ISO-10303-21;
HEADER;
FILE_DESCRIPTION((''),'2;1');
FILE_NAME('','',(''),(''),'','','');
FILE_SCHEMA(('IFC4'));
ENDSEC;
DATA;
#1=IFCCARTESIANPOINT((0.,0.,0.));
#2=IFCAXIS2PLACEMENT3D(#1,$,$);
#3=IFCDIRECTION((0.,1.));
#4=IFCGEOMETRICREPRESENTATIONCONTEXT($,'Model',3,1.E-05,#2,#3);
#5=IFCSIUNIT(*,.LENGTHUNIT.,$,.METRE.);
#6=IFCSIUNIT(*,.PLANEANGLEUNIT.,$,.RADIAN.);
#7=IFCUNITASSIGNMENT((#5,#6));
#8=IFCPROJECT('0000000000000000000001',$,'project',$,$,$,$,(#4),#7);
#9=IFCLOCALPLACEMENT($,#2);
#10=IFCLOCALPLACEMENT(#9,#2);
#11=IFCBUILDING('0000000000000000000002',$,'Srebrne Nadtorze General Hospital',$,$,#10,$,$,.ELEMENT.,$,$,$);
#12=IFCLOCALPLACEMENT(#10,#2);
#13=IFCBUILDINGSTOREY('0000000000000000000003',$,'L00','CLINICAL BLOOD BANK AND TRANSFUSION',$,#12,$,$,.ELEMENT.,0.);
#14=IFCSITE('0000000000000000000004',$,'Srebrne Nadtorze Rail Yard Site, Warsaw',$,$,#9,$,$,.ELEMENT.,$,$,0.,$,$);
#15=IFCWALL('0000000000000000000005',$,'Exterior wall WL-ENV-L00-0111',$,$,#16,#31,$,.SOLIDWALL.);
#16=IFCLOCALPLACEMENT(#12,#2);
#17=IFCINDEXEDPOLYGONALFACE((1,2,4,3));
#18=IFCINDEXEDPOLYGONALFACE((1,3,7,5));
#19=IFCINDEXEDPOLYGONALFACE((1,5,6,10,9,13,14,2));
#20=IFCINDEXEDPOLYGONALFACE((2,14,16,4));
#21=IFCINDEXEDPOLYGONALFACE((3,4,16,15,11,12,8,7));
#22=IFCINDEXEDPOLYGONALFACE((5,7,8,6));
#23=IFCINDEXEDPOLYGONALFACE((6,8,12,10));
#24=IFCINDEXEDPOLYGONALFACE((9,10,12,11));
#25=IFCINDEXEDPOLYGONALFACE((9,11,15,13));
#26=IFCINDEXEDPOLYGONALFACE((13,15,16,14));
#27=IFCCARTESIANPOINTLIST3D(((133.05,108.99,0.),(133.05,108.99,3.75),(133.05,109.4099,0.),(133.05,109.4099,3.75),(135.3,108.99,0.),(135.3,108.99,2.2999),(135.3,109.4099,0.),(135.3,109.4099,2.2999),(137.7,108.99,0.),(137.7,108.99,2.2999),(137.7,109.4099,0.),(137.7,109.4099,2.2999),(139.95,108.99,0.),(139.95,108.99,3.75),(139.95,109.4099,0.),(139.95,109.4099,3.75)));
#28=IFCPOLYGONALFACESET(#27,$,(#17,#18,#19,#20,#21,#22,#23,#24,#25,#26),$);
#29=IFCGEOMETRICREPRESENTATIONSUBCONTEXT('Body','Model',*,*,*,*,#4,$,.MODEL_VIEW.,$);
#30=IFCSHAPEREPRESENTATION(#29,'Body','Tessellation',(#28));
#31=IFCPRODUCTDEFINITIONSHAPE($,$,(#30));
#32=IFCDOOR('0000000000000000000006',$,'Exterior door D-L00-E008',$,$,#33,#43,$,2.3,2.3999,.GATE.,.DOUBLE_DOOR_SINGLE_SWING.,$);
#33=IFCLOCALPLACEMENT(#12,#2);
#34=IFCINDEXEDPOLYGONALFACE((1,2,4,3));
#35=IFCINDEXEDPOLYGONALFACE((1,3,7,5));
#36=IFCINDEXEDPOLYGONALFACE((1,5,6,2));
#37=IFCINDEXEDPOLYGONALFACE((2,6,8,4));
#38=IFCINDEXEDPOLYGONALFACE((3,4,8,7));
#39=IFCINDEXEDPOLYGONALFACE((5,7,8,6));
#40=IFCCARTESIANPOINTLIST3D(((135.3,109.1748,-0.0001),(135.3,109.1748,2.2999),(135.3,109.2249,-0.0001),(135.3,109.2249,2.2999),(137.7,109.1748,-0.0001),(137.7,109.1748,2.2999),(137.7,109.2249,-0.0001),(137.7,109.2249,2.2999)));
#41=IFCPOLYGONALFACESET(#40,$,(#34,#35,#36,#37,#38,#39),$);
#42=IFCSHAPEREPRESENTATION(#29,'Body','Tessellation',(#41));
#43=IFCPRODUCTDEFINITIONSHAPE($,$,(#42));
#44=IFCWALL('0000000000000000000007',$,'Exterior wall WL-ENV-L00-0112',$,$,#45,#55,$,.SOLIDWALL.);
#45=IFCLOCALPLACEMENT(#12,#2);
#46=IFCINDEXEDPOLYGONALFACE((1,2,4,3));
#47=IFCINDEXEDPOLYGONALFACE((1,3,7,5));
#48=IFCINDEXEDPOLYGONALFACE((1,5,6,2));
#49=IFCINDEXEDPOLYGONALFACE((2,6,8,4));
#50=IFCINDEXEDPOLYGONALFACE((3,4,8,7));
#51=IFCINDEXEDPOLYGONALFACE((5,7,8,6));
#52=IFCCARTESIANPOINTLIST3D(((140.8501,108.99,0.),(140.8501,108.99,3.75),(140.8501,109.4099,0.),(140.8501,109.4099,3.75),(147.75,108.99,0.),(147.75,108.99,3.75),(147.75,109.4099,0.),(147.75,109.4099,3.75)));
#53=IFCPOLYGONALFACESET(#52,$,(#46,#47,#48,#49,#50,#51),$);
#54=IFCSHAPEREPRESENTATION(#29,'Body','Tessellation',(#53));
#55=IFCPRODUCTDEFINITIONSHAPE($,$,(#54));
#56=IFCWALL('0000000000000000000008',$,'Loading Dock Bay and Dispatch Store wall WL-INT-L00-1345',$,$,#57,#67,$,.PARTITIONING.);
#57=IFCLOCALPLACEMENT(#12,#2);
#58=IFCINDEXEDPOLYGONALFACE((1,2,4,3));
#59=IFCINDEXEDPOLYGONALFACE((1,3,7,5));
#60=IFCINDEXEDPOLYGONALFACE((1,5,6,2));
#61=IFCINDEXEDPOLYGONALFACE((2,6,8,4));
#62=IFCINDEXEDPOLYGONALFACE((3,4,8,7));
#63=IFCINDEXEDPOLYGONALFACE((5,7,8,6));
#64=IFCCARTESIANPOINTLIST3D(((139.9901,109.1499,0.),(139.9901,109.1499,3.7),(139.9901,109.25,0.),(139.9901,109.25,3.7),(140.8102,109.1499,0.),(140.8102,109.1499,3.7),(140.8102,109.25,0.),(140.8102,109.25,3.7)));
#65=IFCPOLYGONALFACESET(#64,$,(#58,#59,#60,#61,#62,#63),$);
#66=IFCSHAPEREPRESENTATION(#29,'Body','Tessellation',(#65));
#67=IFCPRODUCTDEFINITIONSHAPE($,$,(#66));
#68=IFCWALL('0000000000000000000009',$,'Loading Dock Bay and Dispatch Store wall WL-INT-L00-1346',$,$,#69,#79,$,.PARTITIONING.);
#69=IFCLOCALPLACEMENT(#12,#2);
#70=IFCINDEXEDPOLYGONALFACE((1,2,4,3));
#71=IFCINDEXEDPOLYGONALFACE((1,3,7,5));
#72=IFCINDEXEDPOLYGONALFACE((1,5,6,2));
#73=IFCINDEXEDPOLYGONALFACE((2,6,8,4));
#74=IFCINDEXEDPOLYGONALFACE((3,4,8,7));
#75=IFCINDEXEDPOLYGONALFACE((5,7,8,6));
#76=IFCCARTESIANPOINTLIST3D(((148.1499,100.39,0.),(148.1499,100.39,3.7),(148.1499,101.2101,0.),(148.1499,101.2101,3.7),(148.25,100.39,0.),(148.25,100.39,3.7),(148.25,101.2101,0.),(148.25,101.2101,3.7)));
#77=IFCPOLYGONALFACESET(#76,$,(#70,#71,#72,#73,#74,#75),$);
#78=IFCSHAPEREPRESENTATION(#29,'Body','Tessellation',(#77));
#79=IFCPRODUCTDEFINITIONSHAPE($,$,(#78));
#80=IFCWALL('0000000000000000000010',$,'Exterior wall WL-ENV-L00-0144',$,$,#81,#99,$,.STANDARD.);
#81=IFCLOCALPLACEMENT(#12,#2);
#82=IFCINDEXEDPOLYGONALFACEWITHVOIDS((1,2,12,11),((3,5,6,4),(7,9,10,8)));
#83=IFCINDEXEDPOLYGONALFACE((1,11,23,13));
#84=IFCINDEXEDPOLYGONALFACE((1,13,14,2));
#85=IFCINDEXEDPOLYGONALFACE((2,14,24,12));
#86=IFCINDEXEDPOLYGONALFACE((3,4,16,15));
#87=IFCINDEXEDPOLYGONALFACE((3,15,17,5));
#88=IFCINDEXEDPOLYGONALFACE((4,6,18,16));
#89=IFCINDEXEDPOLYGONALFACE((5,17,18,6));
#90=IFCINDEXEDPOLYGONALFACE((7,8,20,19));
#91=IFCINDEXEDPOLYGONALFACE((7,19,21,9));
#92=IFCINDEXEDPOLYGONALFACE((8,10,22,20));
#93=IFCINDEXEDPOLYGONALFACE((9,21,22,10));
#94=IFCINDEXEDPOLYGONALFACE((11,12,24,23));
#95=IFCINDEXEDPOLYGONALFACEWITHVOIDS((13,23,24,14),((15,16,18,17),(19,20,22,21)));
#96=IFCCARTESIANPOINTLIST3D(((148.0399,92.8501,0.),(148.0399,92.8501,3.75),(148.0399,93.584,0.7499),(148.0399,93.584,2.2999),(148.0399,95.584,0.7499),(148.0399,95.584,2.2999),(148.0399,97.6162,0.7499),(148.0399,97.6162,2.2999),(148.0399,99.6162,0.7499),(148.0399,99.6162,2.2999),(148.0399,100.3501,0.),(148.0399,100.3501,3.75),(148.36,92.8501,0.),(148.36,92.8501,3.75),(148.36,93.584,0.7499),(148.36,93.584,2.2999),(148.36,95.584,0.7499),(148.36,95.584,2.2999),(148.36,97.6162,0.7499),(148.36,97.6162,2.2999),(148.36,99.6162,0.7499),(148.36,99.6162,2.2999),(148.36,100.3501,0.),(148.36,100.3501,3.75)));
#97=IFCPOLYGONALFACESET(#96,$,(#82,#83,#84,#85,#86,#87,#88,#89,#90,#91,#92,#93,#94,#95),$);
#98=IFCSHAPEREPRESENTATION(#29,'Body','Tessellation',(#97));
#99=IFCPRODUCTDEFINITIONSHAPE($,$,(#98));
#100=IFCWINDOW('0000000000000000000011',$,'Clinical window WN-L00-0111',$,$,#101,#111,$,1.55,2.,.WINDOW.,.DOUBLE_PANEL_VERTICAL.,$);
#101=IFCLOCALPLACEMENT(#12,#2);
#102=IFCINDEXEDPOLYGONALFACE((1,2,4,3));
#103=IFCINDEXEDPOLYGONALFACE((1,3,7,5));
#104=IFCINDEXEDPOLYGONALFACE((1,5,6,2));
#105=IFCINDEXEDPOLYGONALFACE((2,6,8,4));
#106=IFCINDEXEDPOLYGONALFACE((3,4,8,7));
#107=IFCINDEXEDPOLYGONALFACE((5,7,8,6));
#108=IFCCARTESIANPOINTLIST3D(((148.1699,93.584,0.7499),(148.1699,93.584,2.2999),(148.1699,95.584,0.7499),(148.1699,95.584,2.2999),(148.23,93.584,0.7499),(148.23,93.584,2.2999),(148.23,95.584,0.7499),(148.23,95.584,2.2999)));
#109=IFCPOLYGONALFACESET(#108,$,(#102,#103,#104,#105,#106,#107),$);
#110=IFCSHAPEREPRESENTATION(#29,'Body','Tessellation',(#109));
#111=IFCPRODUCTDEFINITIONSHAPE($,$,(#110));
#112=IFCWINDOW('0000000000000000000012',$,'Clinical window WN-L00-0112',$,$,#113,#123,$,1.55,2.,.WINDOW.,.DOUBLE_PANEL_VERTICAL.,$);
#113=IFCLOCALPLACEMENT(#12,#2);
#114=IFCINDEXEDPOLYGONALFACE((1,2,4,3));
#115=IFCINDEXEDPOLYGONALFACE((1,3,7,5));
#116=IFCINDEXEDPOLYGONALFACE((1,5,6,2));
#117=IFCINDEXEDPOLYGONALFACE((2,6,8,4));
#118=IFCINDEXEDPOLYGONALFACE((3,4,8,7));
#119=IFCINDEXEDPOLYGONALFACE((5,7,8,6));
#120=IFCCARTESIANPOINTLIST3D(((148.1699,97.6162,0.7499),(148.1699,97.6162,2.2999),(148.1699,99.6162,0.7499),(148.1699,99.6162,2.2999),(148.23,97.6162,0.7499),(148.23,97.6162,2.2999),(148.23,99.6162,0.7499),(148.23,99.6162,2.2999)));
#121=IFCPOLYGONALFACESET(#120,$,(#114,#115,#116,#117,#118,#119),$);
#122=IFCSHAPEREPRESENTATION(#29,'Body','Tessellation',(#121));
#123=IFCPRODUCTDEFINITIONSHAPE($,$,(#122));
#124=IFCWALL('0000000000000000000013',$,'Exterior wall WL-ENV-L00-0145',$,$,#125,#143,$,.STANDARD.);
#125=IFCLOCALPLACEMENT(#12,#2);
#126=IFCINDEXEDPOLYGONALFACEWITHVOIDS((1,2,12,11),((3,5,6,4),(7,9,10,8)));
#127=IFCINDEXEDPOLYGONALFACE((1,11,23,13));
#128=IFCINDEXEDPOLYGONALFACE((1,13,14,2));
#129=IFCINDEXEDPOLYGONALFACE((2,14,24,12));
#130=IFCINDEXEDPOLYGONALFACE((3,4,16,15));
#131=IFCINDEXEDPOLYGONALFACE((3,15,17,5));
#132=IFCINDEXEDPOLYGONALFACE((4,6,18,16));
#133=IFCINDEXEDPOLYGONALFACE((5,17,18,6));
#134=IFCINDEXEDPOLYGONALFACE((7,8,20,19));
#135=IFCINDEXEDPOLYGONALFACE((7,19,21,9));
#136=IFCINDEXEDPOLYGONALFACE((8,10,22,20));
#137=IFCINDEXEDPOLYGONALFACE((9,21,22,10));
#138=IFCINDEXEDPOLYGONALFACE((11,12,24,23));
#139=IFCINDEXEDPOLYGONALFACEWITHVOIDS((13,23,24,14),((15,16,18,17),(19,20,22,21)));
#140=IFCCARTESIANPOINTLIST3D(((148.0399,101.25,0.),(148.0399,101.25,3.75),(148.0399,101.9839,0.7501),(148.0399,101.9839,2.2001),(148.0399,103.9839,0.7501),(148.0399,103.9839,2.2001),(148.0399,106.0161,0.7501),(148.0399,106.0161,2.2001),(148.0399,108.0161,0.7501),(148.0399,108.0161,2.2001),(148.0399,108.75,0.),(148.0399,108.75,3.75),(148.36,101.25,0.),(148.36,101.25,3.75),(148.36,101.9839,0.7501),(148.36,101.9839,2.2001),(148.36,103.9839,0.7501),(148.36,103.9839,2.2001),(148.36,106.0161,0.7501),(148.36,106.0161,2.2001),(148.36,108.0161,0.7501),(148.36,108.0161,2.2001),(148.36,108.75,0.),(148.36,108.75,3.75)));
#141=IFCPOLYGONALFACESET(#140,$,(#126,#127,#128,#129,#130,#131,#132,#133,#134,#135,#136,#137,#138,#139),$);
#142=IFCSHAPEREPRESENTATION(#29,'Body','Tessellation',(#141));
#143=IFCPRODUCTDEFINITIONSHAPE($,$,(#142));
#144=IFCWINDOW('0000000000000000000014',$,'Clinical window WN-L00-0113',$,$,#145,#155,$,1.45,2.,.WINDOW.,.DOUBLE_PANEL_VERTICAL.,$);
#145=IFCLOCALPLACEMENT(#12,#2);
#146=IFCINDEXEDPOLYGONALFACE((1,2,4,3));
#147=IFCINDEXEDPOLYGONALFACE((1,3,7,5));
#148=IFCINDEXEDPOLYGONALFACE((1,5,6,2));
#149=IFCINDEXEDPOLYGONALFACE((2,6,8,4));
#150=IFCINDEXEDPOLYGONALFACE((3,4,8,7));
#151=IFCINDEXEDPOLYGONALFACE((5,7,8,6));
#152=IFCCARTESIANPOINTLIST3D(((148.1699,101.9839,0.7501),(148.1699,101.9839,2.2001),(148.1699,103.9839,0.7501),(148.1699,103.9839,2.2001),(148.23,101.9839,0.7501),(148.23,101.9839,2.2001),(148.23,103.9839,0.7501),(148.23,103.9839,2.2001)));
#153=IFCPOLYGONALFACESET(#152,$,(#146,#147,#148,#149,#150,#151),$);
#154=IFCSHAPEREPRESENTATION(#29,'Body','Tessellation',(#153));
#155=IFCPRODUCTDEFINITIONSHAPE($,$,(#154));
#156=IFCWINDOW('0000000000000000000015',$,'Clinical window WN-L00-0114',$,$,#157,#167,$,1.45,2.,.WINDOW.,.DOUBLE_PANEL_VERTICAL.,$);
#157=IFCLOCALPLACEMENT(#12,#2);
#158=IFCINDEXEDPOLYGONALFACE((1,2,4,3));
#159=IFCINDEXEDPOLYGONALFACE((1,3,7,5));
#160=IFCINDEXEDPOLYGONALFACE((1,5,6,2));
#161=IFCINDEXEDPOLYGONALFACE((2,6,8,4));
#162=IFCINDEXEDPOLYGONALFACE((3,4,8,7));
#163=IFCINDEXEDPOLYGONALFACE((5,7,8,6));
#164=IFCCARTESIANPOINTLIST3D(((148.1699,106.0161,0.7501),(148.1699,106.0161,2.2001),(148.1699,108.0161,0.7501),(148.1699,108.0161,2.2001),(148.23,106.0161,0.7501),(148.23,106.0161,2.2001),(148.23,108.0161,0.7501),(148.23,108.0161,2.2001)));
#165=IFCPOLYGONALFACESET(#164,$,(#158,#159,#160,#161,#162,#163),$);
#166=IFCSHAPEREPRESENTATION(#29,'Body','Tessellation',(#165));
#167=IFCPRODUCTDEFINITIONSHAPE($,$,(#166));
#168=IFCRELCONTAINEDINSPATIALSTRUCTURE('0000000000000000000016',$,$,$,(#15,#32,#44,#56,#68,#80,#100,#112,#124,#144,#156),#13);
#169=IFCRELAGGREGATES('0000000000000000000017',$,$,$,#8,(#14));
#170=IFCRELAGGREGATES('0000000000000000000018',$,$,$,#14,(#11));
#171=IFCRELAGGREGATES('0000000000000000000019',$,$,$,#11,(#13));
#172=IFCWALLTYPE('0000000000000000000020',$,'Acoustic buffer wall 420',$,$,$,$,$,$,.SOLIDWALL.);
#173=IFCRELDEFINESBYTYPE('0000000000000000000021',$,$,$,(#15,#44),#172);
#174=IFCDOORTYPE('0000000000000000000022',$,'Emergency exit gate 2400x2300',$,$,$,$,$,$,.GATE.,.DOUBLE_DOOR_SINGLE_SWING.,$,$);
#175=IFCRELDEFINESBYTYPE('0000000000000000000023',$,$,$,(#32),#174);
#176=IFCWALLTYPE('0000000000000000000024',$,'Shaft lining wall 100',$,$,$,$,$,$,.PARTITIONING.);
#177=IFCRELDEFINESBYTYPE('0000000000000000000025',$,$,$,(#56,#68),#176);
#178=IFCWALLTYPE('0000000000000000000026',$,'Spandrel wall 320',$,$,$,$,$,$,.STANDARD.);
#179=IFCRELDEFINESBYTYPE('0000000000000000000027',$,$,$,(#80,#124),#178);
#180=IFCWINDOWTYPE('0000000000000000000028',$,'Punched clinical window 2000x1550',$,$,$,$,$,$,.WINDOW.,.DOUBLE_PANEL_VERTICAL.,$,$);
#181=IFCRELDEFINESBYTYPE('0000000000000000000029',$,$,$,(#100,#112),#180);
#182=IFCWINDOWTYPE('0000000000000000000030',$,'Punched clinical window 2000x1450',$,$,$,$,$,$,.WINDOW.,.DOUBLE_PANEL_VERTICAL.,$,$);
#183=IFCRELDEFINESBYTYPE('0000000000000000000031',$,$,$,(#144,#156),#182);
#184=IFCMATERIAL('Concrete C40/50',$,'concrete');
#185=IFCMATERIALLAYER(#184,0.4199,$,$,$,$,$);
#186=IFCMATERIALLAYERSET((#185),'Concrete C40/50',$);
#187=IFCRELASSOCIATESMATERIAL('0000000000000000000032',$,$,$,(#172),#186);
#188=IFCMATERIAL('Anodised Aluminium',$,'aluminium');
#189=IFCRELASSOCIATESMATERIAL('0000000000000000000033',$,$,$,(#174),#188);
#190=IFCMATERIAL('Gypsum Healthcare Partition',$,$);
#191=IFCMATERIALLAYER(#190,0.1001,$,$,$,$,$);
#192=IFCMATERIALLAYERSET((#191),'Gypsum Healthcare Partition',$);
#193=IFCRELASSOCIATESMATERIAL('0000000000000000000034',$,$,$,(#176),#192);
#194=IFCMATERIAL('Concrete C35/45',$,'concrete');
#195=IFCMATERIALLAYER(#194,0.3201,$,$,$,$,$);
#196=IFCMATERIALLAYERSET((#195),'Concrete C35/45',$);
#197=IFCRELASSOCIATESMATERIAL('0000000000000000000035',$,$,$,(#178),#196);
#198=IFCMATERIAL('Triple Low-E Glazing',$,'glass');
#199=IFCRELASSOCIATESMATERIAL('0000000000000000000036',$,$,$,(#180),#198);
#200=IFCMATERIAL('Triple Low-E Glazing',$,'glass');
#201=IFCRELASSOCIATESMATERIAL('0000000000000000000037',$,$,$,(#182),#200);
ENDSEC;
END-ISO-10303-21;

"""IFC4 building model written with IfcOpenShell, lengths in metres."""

from ifc_helpers import new_model, si_unit, direction, frame, frame_2d, origin, place, context, subcontext, project, spatial, rectangle, extrude, material, layer, layer_set, type_object, element, fill, save


model = new_model("IFC4")

# Units and contexts
model_context = context("Model", 3, precision=1e-05, world=origin(), true_north=direction((0.0, 1.0)))
body_context = subcontext(model_context, "Body", "Model", "MODEL_VIEW")
ifc_project = project(units=[si_unit("LENGTHUNIT", "METRE"), si_unit("PLANEANGLEUNIT", "RADIAN")], contexts=[model_context])

# Site, building, storey
site_placement = place(None, origin())
site = spatial("IfcSite", under=ifc_project, at=site_placement, Name="Srebrne Nadtorze Rail Yard Site, Warsaw", CompositionType="ELEMENT", RefElevation=0.0)
building_placement = place(site_placement, origin())
building = spatial("IfcBuilding", under=site, at=building_placement, Name="Srebrne Nadtorze General Hospital", CompositionType="ELEMENT")
storey_placement = place(building_placement, origin())
storey = spatial("IfcBuildingStorey", under=building, at=storey_placement, Name="L00", Description="CLINICAL BLOOD BANK AND TRANSFUSION", CompositionType="ELEMENT", Elevation=0.0)

# Wall, opening, door
ifc_material_1 = material(Name="Concrete C40/50", Category="concrete")
ifc_layer_1 = layer(ifc_material_1, 0.4199)
ifc_layer_set_1 = layer_set([ifc_layer_1], Name="Concrete C40/50")
wall_type_1 = type_object("IfcWallType", Name="Acoustic buffer wall 420", PredefinedType="SOLIDWALL", material=ifc_layer_set_1)
wall_1_placement = place(storey_placement, frame((133.05, 109.2, 0.0), z_axis=(0.0, 0.0, 1.0), x_axis=(1.0, 0.0, 0.0)))
wall_1 = element("IfcWall", 1, at=wall_1_placement, inside=storey, type_object=wall_type_1, Name="Exterior wall WL-ENV-L00-0111", PredefinedType="SOLIDWALL", context=body_context, shape_type="SweptSolid", body=[
    extrude(rectangle(XDim=6.8999, YDim=0.4199, at=frame_2d((3.45, 0.0))), origin(), (0.0, 0.0, 1.0), 3.75),
])
opening_1_placement = place(wall_1_placement, frame((2.25, 0.0, 0.0)))
opening_1 = element("IfcOpeningElement", 2, at=opening_1_placement, cuts=wall_1, PredefinedType="OPENING", context=body_context, shape_type="SweptSolid", body=[
    extrude(rectangle(XDim=2.3999, YDim=2.3, at=frame_2d((1.2, 1.1499))), frame((0.0, 0.2219, 0.0), z_axis=(0.0, -1.0, 0.0), x_axis=(1.0, 0.0, 0.0)), (0.0, 0.0, 1.0), 0.4438),
])
ifc_material_2 = material(Name="Anodised Aluminium", Category="aluminium")
door_type_1 = type_object("IfcDoorType", Name="Emergency exit gate 2400x2300", OperationType="DOUBLE_DOOR_SINGLE_SWING", PredefinedType="GATE", material=ifc_material_2)
door_1_placement = place(opening_1_placement, origin())
door_1 = element("IfcDoor", 3, at=door_1_placement, inside=storey, type_object=door_type_1, Name="Exterior door D-L00-E008", OperationType="DOUBLE_DOOR_SINGLE_SWING", OverallHeight=2.3, OverallWidth=2.3999, PredefinedType="GATE", context=body_context, shape_type="SweptSolid", body=[
    extrude(rectangle(XDim=2.3999, YDim=2.3, at=frame_2d((1.2, 1.1499))), frame((0.0, 0.0249, 0.0), z_axis=(0.0, -1.0, 0.0), x_axis=(1.0, 0.0, 0.0)), (0.0, 0.0, 1.0), 0.05),
])
fill(opening_1, door_1)

# Walls
wall_2_placement = place(storey_placement, frame((140.8501, 109.2, 0.0), z_axis=(0.0, 0.0, 1.0), x_axis=(1.0, 0.0, 0.0)))
element("IfcWall", 4, at=wall_2_placement, inside=storey, type_object=wall_type_1, Name="Exterior wall WL-ENV-L00-0112", PredefinedType="SOLIDWALL", context=body_context, shape_type="SweptSolid", body=[
    extrude(rectangle(XDim=6.8999, YDim=0.4199, at=frame_2d((3.45, 0.0))), origin(), (0.0, 0.0, 1.0), 3.75),
])
ifc_material_3 = material(Name="Gypsum Healthcare Partition")
ifc_layer_2 = layer(ifc_material_3, 0.1001)
ifc_layer_set_2 = layer_set([ifc_layer_2], Name="Gypsum Healthcare Partition")
wall_type_2 = type_object("IfcWallType", Name="Shaft lining wall 100", PredefinedType="PARTITIONING", material=ifc_layer_set_2)
for number, where, z_axis, x_axis, name in (
    (5, (139.99, 109.2, 0.0), (0.0, 0.0, 1.0), (1.0, 0.0, 0.0), "Loading Dock Bay and Dispatch Store wall WL-INT-L00-1345"),
    (6, (148.2, 100.3899, 0.0), (0.0, 0.0, 1.0), (0.0, 1.0, 0.0), "Loading Dock Bay and Dispatch Store wall WL-INT-L00-1346"),
):
    element("IfcWall", number, at=place(storey_placement, frame(where, z_axis=z_axis, x_axis=x_axis)), inside=storey, type_object=wall_type_2, Name=name, PredefinedType="PARTITIONING", context=body_context, shape_type="SweptSolid", body=[
        extrude(rectangle(XDim=0.8201, YDim=0.1001, at=frame_2d((0.4102, 0.0))), origin(), (0.0, 0.0, 1.0), 3.7),
    ])

# Walls, openings, windows
ifc_material_4 = material(Name="Concrete C35/45", Category="concrete")
ifc_layer_3 = layer(ifc_material_4, 0.3201)
ifc_layer_set_3 = layer_set([ifc_layer_3], Name="Concrete C35/45")
wall_type_3 = type_object("IfcWallType", Name="Spandrel wall 320", PredefinedType="STANDARD", material=ifc_layer_set_3)
wall_3_placement = place(storey_placement, frame((148.2, 92.8501, 0.0), z_axis=(0.0, 0.0, 1.0), x_axis=(0.0, 1.0, 0.0)))
wall_3 = element("IfcWall", 7, at=wall_3_placement, inside=storey, type_object=wall_type_3, Name="Exterior wall WL-ENV-L00-0144", PredefinedType="STANDARD", context=body_context, shape_type="SweptSolid", body=[
    extrude(rectangle(XDim=7.5, YDim=0.3201, at=frame_2d((3.75, 0.0))), origin(), (0.0, 0.0, 1.0), 3.75),
])
opening_2_placement = place(wall_3_placement, frame((0.7339, 0.0, 0.75)))
opening_2 = element("IfcOpeningElement", 8, at=opening_2_placement, cuts=wall_3, PredefinedType="OPENING", context=body_context, shape_type="SweptSolid", body=[
    extrude(rectangle(XDim=2.0, YDim=1.55, at=frame_2d((1.0, 0.7749))), frame((0.0, 0.1719, 0.0), z_axis=(0.0, -1.0, 0.0), x_axis=(1.0, 0.0, 0.0)), (0.0, 0.0, 1.0), 0.344),
])
opening_3_placement = place(wall_3_placement, frame((4.7661, 0.0, 0.75)))
opening_3 = element("IfcOpeningElement", 9, at=opening_3_placement, cuts=wall_3, PredefinedType="OPENING", context=body_context, shape_type="SweptSolid", body=[
    extrude(rectangle(XDim=2.0, YDim=1.55, at=frame_2d((1.0, 0.7749))), frame((0.0, 0.1719, 0.0), z_axis=(0.0, -1.0, 0.0), x_axis=(1.0, 0.0, 0.0)), (0.0, 0.0, 1.0), 0.344),
])
ifc_material_5 = material(Name="Triple Low-E Glazing", Category="glass")
window_type_1 = type_object("IfcWindowType", Name="Punched clinical window 2000x1550", PartitioningType="DOUBLE_PANEL_VERTICAL", PredefinedType="WINDOW", material=ifc_material_5)
window_1_placement = place(opening_2_placement, origin())
window_1 = element("IfcWindow", 10, at=window_1_placement, inside=storey, type_object=window_type_1, Name="Clinical window WN-L00-0111", OverallHeight=1.55, OverallWidth=2.0, PartitioningType="DOUBLE_PANEL_VERTICAL", PredefinedType="WINDOW", context=body_context, shape_type="SweptSolid", body=[
    extrude(rectangle(XDim=2.0, YDim=1.55, at=frame_2d((1.0, 0.7749))), frame((0.0, 0.03, 0.0), z_axis=(0.0, -1.0, 0.0), x_axis=(1.0, 0.0, 0.0)), (0.0, 0.0, 1.0), 0.0601),
])
fill(opening_2, window_1)
window_2_placement = place(opening_3_placement, origin())
window_2 = element("IfcWindow", 11, at=window_2_placement, inside=storey, type_object=window_type_1, Name="Clinical window WN-L00-0112", OverallHeight=1.55, OverallWidth=2.0, PartitioningType="DOUBLE_PANEL_VERTICAL", PredefinedType="WINDOW", context=body_context, shape_type="SweptSolid", body=[
    extrude(rectangle(XDim=2.0, YDim=1.55, at=frame_2d((1.0, 0.7749))), frame((0.0, 0.03, 0.0), z_axis=(0.0, -1.0, 0.0), x_axis=(1.0, 0.0, 0.0)), (0.0, 0.0, 1.0), 0.0601),
])
fill(opening_3, window_2)
wall_4_placement = place(storey_placement, frame((148.2, 101.25, 0.0), z_axis=(0.0, 0.0, 1.0), x_axis=(0.0, 1.0, 0.0)))
wall_4 = element("IfcWall", 12, at=wall_4_placement, inside=storey, type_object=wall_type_3, Name="Exterior wall WL-ENV-L00-0145", PredefinedType="STANDARD", context=body_context, shape_type="SweptSolid", body=[
    extrude(rectangle(XDim=7.5, YDim=0.3201, at=frame_2d((3.75, 0.0))), origin(), (0.0, 0.0, 1.0), 3.75),
])
opening_4_placement = place(wall_4_placement, frame((0.7339, 0.0, 0.75)))
opening_4 = element("IfcOpeningElement", 13, at=opening_4_placement, cuts=wall_4, PredefinedType="OPENING", context=body_context, shape_type="SweptSolid", body=[
    extrude(rectangle(XDim=2.0, YDim=1.45, at=frame_2d((1.0, 0.7251))), frame((0.0, 0.1719, 0.0), z_axis=(0.0, -1.0, 0.0), x_axis=(1.0, 0.0, 0.0)), (0.0, 0.0, 1.0), 0.344),
])
opening_5_placement = place(wall_4_placement, frame((4.7661, 0.0, 0.75)))
opening_5 = element("IfcOpeningElement", 14, at=opening_5_placement, cuts=wall_4, PredefinedType="OPENING", context=body_context, shape_type="SweptSolid", body=[
    extrude(rectangle(XDim=2.0, YDim=1.45, at=frame_2d((1.0, 0.7251))), frame((0.0, 0.1719, 0.0), z_axis=(0.0, -1.0, 0.0), x_axis=(1.0, 0.0, 0.0)), (0.0, 0.0, 1.0), 0.344),
])
ifc_material_6 = material(Name="Triple Low-E Glazing", Category="glass")
window_type_2 = type_object("IfcWindowType", Name="Punched clinical window 2000x1450", PartitioningType="DOUBLE_PANEL_VERTICAL", PredefinedType="WINDOW", material=ifc_material_6)
window_3_placement = place(opening_4_placement, origin())
window_3 = element("IfcWindow", 15, at=window_3_placement, inside=storey, type_object=window_type_2, Name="Clinical window WN-L00-0113", OverallHeight=1.45, OverallWidth=2.0, PartitioningType="DOUBLE_PANEL_VERTICAL", PredefinedType="WINDOW", context=body_context, shape_type="SweptSolid", body=[
    extrude(rectangle(XDim=2.0, YDim=1.45, at=frame_2d((1.0, 0.7251))), frame((0.0, 0.03, 0.0), z_axis=(0.0, -1.0, 0.0), x_axis=(1.0, 0.0, 0.0)), (0.0, 0.0, 1.0), 0.0601),
])
fill(opening_4, window_3)
window_4_placement = place(opening_5_placement, origin())
window_4 = element("IfcWindow", 16, at=window_4_placement, inside=storey, type_object=window_type_2, Name="Clinical window WN-L00-0114", OverallHeight=1.45, OverallWidth=2.0, PartitioningType="DOUBLE_PANEL_VERTICAL", PredefinedType="WINDOW", context=body_context, shape_type="SweptSolid", body=[
    extrude(rectangle(XDim=2.0, YDim=1.45, at=frame_2d((1.0, 0.7251))), frame((0.0, 0.03, 0.0), z_axis=(0.0, -1.0, 0.0), x_axis=(1.0, 0.0, 0.0)), (0.0, 0.0, 1.0), 0.0601),
])
fill(opening_5, window_4)

save(model, "model.ifc")
